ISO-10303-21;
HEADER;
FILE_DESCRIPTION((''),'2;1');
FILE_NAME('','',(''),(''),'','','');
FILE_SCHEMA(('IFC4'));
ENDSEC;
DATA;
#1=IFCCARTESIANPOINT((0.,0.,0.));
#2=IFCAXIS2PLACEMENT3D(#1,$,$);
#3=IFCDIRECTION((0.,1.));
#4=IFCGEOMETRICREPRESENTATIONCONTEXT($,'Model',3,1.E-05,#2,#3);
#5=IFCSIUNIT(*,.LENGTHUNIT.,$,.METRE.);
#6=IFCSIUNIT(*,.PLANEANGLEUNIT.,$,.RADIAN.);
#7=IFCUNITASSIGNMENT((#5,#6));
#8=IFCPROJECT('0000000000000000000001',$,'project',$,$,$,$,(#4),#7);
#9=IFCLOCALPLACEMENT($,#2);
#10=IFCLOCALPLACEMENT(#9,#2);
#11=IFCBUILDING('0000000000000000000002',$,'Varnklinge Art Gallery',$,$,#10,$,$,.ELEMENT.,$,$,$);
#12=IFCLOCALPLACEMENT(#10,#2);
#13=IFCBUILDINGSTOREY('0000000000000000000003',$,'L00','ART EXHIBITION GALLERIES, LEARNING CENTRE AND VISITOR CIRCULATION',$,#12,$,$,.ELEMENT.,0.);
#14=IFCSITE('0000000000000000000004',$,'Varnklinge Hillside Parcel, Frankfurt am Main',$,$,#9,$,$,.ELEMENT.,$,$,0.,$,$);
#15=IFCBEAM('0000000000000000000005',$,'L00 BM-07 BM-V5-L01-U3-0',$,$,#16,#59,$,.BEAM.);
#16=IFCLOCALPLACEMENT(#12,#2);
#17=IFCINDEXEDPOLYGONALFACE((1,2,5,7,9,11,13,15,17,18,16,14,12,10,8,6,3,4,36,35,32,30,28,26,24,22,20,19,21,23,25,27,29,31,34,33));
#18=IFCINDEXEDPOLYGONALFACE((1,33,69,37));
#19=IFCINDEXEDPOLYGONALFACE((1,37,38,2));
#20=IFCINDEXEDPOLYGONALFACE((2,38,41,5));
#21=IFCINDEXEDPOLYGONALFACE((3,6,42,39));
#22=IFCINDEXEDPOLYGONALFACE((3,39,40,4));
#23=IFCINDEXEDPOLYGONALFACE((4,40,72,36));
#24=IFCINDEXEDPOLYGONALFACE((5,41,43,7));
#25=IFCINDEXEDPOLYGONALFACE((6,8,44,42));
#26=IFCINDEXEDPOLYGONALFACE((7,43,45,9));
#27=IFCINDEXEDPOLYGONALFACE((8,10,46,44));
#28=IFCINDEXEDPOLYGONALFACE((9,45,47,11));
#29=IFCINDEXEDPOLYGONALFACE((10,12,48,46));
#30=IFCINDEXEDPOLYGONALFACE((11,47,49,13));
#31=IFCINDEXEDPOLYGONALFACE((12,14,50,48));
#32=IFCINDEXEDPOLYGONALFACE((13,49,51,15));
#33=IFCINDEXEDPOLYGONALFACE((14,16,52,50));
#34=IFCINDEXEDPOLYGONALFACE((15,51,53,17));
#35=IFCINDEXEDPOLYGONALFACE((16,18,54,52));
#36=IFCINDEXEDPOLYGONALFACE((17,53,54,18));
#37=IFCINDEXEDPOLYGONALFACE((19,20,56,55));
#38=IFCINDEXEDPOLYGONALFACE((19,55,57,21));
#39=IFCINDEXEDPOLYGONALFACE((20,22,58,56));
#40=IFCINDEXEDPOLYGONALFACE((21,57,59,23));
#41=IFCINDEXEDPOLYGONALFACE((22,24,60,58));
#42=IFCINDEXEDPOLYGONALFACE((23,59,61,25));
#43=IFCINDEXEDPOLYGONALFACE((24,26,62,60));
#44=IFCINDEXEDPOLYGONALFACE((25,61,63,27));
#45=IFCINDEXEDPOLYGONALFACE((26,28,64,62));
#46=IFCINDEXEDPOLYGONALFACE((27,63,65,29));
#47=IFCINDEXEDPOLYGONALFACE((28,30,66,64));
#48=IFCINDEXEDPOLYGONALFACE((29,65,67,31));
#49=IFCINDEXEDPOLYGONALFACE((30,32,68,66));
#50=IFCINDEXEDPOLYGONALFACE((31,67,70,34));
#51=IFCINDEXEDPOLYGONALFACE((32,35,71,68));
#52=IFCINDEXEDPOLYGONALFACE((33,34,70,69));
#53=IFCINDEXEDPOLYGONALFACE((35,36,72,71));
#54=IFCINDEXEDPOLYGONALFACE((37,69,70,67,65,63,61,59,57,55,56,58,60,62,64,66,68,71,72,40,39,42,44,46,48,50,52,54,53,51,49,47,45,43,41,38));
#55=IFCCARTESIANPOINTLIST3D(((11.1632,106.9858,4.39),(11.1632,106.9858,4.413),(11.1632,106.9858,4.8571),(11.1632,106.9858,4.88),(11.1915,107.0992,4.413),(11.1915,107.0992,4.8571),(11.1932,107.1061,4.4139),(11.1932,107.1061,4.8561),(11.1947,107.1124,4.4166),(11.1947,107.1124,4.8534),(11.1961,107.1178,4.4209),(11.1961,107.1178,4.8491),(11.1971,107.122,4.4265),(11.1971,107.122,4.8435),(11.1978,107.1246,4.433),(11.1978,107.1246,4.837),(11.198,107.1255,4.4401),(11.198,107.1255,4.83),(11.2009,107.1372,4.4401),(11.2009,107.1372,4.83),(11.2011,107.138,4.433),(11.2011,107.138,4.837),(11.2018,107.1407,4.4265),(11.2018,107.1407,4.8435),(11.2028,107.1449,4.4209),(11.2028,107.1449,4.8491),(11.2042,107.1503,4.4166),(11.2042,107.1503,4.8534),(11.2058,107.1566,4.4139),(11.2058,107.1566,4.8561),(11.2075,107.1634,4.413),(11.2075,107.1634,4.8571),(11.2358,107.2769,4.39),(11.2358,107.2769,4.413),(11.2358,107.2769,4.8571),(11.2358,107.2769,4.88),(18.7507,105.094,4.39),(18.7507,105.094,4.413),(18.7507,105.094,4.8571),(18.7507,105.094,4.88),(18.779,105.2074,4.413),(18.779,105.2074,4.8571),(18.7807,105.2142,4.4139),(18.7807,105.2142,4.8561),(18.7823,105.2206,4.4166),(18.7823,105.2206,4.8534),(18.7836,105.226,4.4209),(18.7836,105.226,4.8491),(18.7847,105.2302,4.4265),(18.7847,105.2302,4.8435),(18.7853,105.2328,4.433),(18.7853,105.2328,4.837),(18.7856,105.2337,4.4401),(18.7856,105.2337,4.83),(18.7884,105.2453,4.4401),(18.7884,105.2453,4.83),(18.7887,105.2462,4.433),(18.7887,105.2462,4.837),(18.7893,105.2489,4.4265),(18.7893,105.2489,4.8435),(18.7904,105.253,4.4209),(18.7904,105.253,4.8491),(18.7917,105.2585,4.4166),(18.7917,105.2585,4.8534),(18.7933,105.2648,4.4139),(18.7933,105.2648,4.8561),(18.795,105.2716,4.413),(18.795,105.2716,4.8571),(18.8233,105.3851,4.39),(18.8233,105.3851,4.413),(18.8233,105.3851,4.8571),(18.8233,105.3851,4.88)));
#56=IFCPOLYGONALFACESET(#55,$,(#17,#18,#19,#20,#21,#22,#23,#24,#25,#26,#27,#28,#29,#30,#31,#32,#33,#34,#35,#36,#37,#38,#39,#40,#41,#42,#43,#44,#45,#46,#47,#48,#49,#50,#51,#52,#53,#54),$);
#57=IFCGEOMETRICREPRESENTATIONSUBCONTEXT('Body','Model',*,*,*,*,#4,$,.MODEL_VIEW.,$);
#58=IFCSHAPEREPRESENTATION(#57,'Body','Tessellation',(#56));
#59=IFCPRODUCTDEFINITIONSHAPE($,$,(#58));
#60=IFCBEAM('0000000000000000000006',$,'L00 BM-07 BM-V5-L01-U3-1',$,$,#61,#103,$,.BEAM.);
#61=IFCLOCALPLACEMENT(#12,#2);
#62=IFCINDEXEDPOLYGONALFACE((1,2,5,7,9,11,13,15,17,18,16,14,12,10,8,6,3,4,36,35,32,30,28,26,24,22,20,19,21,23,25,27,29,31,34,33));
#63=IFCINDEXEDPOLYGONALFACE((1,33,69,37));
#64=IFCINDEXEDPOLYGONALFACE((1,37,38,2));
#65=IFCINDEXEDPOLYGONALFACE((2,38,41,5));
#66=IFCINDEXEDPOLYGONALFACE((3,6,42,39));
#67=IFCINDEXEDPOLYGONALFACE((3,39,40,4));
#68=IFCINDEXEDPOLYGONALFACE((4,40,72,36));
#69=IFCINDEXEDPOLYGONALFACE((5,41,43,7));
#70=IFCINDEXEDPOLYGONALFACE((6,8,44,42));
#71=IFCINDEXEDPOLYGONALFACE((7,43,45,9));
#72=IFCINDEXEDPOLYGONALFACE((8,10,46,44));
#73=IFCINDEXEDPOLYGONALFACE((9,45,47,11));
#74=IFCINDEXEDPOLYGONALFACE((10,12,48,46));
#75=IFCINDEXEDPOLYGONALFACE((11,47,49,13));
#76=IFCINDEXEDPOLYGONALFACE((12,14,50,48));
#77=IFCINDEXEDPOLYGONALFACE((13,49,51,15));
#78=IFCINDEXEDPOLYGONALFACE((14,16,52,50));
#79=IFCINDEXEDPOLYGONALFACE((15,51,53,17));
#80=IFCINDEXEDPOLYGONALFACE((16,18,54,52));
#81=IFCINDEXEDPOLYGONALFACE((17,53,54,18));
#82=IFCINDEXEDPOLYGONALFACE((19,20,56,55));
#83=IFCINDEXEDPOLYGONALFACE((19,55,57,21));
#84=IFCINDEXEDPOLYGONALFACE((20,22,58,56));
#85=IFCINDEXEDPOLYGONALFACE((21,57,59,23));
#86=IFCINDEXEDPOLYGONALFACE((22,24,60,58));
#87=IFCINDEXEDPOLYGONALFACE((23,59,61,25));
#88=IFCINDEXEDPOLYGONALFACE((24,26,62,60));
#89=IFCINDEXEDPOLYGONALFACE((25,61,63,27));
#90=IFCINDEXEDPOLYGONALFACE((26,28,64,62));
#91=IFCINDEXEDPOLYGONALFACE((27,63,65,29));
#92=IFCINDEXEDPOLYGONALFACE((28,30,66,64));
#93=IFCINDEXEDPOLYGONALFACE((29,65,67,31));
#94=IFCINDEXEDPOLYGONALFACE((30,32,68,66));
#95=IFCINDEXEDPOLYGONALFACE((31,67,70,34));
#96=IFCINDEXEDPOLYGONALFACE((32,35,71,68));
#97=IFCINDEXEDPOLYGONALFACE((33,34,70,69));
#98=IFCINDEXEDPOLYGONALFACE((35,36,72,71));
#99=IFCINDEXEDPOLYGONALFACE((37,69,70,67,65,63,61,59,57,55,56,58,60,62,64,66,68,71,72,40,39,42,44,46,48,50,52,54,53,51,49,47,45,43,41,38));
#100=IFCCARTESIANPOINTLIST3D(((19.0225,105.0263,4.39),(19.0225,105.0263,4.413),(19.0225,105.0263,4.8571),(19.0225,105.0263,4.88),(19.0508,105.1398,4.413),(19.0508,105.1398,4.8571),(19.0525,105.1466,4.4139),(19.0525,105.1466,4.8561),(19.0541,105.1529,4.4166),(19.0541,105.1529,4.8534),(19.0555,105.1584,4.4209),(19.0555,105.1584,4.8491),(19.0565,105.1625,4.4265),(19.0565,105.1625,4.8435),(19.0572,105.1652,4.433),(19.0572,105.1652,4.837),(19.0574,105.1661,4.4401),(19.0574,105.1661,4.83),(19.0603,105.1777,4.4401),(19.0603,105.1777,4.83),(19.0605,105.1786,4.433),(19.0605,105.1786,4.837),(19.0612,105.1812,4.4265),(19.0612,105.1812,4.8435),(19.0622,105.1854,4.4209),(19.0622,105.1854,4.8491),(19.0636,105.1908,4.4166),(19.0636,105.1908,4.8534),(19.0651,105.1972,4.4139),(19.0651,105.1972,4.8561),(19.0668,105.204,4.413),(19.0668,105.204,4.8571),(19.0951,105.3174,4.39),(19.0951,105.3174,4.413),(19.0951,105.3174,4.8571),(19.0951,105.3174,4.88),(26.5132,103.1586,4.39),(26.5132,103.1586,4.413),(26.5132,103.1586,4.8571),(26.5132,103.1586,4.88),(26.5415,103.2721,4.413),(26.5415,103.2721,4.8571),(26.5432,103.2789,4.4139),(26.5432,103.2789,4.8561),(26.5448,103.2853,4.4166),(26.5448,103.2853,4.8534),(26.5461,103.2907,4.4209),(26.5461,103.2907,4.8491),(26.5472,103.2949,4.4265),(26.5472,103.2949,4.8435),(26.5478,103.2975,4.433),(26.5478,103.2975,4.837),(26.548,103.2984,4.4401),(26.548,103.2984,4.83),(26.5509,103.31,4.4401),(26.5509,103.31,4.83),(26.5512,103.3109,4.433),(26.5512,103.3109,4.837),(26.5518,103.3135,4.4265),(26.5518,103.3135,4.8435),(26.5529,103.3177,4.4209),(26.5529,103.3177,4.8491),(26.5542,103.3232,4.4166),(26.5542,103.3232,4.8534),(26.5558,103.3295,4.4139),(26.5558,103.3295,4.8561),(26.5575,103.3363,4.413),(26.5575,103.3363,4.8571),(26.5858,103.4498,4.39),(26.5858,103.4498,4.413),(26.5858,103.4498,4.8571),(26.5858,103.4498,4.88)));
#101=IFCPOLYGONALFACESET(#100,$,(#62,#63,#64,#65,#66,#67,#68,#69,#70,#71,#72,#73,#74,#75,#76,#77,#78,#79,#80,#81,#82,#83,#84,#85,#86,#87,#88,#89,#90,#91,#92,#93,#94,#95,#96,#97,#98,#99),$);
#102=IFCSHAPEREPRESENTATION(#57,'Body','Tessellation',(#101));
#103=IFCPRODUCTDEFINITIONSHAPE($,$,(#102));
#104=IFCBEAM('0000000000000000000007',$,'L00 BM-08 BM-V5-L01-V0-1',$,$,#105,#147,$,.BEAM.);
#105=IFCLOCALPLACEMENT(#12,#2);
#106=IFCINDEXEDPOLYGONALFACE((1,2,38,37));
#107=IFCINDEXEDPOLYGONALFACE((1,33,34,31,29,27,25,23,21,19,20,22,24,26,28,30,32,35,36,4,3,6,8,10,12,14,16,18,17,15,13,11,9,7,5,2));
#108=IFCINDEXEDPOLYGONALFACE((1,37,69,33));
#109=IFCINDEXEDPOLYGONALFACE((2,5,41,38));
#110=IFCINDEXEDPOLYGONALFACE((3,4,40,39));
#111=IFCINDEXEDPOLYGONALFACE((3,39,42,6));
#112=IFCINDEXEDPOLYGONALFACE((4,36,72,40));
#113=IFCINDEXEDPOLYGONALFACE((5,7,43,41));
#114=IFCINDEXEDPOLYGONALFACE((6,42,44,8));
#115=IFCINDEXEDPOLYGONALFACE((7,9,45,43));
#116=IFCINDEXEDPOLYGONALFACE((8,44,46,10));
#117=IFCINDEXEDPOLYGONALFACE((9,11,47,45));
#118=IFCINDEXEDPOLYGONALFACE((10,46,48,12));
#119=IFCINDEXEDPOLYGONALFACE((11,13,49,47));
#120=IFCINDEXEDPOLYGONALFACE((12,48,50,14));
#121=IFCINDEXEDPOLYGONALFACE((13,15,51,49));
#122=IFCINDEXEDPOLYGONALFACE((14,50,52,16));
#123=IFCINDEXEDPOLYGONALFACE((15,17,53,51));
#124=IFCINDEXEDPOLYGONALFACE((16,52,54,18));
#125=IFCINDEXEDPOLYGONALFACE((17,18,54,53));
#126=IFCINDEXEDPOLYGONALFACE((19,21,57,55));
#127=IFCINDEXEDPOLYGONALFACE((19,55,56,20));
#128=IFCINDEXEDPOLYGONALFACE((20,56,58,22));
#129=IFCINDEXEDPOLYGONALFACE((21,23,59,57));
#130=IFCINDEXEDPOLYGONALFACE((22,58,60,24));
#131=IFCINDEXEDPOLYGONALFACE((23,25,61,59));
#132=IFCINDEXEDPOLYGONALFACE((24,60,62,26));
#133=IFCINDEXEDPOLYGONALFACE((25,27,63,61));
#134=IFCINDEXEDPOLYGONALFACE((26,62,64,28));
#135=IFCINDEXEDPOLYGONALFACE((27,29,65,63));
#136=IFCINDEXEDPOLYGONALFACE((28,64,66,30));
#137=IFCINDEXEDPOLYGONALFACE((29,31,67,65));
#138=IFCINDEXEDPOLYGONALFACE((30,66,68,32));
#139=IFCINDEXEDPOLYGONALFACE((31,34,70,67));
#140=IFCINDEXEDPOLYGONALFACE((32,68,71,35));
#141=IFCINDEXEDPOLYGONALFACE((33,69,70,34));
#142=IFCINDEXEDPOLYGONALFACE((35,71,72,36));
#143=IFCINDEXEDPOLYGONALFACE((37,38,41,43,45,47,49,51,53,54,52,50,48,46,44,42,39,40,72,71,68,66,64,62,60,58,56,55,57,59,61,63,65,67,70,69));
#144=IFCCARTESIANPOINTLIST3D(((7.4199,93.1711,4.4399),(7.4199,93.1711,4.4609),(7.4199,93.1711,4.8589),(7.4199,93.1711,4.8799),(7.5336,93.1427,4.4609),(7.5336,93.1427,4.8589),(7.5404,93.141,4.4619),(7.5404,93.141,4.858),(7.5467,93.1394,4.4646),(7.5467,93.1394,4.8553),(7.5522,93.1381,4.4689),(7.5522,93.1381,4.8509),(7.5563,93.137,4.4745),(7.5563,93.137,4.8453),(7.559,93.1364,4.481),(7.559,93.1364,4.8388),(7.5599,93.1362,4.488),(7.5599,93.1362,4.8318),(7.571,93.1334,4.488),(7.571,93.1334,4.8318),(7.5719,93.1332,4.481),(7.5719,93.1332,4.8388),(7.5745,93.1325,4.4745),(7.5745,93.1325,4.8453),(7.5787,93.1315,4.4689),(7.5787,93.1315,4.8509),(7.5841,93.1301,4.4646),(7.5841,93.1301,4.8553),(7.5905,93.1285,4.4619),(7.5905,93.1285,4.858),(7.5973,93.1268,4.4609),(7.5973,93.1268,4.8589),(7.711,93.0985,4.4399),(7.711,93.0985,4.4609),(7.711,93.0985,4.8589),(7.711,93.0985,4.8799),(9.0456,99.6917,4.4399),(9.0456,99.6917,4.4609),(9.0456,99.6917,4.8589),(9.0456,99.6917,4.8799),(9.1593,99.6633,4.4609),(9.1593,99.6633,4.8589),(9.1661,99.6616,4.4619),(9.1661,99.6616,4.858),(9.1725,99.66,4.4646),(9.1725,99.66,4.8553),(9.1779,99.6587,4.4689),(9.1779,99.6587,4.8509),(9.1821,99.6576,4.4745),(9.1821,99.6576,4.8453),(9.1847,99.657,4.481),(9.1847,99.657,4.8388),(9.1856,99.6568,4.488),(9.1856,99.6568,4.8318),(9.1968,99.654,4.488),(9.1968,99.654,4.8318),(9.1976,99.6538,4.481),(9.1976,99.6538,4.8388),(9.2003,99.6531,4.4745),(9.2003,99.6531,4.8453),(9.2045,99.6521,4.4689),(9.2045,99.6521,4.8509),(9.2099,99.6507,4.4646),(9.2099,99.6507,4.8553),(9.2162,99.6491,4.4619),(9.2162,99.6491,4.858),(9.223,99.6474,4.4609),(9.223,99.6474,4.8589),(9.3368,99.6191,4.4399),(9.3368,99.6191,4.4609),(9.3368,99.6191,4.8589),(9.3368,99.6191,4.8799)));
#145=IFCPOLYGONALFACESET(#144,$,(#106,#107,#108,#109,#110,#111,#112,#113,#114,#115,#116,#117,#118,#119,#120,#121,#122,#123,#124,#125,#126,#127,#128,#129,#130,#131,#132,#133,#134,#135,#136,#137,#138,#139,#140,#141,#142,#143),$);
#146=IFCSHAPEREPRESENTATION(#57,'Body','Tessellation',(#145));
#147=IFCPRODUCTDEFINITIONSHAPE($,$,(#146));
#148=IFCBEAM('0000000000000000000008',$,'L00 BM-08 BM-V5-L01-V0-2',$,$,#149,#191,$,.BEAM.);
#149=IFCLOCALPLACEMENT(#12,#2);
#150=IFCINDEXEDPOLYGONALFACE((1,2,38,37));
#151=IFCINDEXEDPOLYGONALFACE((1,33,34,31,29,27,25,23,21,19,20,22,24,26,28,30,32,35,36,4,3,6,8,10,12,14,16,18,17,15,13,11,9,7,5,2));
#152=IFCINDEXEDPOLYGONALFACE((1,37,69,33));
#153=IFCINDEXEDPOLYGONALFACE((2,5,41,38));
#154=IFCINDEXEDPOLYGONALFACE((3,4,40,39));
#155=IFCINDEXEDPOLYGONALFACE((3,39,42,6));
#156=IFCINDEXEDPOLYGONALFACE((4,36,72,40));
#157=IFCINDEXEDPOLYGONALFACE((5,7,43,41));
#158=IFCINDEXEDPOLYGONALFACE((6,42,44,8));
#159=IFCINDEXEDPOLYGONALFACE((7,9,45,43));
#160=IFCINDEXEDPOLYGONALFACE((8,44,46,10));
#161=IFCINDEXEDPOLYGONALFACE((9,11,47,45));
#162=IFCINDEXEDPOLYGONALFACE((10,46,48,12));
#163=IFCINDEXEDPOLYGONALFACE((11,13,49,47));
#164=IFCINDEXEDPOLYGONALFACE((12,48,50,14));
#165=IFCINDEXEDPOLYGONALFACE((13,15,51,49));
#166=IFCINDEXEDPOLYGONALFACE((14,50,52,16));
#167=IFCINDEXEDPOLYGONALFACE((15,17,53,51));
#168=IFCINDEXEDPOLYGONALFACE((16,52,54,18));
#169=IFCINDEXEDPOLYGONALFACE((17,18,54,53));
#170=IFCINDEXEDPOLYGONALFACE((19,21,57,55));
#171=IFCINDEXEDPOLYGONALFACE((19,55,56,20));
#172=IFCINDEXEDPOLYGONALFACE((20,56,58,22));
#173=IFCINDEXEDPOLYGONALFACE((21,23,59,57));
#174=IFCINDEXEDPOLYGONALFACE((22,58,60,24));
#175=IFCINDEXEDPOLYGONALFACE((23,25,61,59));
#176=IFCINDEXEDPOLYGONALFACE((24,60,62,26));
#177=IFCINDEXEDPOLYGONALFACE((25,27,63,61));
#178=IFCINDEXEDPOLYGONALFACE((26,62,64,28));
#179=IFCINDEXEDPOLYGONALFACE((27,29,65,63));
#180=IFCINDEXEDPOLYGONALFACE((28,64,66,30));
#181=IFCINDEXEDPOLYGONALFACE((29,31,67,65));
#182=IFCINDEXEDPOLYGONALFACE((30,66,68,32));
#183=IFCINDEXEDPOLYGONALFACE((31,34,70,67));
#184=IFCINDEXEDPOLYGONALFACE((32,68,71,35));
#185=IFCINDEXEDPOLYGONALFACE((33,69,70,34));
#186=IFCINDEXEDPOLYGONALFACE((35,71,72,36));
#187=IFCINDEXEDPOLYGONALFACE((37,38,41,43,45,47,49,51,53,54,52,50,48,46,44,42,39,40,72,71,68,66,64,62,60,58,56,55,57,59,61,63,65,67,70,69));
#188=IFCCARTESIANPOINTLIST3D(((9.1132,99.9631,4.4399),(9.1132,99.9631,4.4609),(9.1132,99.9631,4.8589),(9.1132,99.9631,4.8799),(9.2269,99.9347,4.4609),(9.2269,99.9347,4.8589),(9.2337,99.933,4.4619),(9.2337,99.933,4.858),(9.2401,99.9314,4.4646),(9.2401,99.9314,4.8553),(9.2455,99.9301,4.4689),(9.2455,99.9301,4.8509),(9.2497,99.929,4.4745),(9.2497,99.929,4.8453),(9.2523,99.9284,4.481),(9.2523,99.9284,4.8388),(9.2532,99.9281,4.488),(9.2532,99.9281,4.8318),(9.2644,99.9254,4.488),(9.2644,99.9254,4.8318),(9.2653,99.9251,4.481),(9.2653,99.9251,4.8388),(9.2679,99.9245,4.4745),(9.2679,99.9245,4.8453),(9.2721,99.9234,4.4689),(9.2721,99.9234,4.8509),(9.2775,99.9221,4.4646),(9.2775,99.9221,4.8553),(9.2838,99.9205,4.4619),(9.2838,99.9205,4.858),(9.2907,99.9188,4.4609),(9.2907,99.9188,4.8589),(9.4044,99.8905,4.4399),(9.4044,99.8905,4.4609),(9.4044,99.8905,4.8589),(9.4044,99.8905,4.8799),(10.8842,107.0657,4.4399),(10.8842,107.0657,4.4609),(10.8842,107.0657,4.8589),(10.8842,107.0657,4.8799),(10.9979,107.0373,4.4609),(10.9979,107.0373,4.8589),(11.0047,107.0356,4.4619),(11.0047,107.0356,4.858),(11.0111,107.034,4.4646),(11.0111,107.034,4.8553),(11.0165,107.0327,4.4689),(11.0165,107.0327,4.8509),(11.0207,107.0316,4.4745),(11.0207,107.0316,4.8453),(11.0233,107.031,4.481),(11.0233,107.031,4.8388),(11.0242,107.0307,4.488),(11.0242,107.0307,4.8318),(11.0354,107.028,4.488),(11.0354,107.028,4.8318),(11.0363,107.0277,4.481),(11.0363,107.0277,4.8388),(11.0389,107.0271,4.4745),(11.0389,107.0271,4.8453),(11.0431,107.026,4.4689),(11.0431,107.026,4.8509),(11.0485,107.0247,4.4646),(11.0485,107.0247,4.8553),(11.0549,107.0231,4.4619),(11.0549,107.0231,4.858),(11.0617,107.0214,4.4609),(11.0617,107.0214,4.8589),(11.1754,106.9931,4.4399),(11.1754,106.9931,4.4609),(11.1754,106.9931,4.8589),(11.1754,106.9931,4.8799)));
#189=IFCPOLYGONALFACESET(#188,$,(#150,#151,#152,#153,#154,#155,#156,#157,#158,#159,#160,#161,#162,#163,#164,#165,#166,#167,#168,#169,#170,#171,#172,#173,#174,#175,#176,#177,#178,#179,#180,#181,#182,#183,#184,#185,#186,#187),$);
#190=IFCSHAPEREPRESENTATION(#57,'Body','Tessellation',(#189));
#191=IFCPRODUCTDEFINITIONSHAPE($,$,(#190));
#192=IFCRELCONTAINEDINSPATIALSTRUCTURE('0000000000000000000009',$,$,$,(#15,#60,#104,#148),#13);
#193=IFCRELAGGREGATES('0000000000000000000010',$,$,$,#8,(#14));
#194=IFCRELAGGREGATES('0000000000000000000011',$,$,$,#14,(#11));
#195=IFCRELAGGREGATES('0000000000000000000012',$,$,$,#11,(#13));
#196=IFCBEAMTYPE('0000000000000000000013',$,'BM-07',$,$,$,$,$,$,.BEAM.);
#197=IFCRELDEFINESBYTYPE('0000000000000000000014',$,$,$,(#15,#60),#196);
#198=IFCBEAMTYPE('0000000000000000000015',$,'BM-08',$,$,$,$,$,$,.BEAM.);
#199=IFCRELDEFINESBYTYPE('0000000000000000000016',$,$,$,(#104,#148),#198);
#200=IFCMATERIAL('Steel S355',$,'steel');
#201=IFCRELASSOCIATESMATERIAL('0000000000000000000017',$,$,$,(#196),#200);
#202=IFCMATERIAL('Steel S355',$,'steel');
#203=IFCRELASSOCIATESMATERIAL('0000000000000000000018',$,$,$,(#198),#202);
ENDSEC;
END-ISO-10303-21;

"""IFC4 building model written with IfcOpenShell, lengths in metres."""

from ifc_helpers import new_model, si_unit, direction, frame, origin, origin_2d, place, context, subcontext, project, spatial, i_section, extrude, material, material_profile, profile_set, type_object, element, save


model = new_model("IFC4")

# Units and contexts
model_context = context("Model", 3, precision=1e-05, world=origin(), true_north=direction((0.0, 1.0)))
body_context = subcontext(model_context, "Body", "Model", "MODEL_VIEW")
ifc_project = project(units=[si_unit("LENGTHUNIT", "METRE"), si_unit("PLANEANGLEUNIT", "RADIAN")], contexts=[model_context])

# Site, building, storey
site_placement = place(None, origin())
site = spatial("IfcSite", under=ifc_project, at=site_placement, Name="Varnklinge Hillside Parcel, Frankfurt am Main", CompositionType="ELEMENT", RefElevation=0.0)
building_placement = place(site_placement, origin())
building = spatial("IfcBuilding", under=site, at=building_placement, Name="Varnklinge Art Gallery", CompositionType="ELEMENT")
storey_placement = place(building_placement, origin())
storey = spatial("IfcBuildingStorey", under=building, at=storey_placement, Name="L00", Description="ART EXHIBITION GALLERIES, LEARNING CENTRE AND VISITOR CIRCULATION", CompositionType="ELEMENT", Elevation=0.0)

# Beams
ifc_material_1 = material(Name="Steel S355", Category="steel")
ifc_material_profile_1 = material_profile(ifc_material_1, i_section(OverallWidth=0.3, OverallDepth=0.49, WebThickness=0.012, FlangeThickness=0.0229, FilletRadius=0.0271, at=origin_2d()), Name="HEA 500")
ifc_profile_set_1 = profile_set([ifc_material_profile_1], Name="Steel S355")
beam_type_1 = type_object("IfcBeamType", Name="BM-07", PredefinedType="BEAM", material=ifc_profile_set_1)
beam_1_placement = place(storey_placement, frame((11.1995, 107.1313, 4.635), z_axis=(0.970295, -0.241926, 0.0), x_axis=(0.241926, 0.970295, 0.0)))
element("IfcBeam", 1, at=beam_1_placement, inside=storey, type_object=beam_type_1, Name="L00 BM-07 BM-V5-L01-U3-0", PredefinedType="BEAM", context=body_context, shape_type="SweptSolid", body=[
    extrude(i_section(OverallWidth=0.3, OverallDepth=0.49, WebThickness=0.012, FlangeThickness=0.0229, FilletRadius=0.0271, at=origin_2d()), origin(), (0.0, 0.0, 1.0), 7.8198),
])
beam_2_placement = place(storey_placement, frame((19.0588, 105.1719, 4.635), z_axis=(0.970295, -0.241925, 0.0), x_axis=(0.241925, 0.970295, 0.0)))
element("IfcBeam", 2, at=beam_2_placement, inside=storey, type_object=beam_type_1, Name="L00 BM-07 BM-V5-L01-U3-1", PredefinedType="BEAM", context=body_context, shape_type="SweptSolid", body=[
    extrude(i_section(OverallWidth=0.3, OverallDepth=0.49, WebThickness=0.012, FlangeThickness=0.0229, FilletRadius=0.0271, at=origin_2d()), origin(), (0.0, 0.0, 1.0), 7.72),
])
ifc_material_2 = material(Name="Steel S355", Category="steel")
ifc_material_profile_2 = material_profile(ifc_material_2, i_section(OverallWidth=0.3, OverallDepth=0.4399, WebThickness=0.0115, FlangeThickness=0.021, FilletRadius=0.0271, at=origin_2d()), Name="HEA 450")
ifc_profile_set_2 = profile_set([ifc_material_profile_2], Name="Steel S355")
beam_type_2 = type_object("IfcBeamType", Name="BM-08", PredefinedType="BEAM", material=ifc_profile_set_2)
beam_3_placement = place(storey_placement, frame((7.5654, 93.1348, 4.6599), z_axis=(0.24192, 0.970296, 0.0), x_axis=(-0.970296, 0.24192, 0.0)))
element("IfcBeam", 3, at=beam_3_placement, inside=storey, type_object=beam_type_2, Name="L00 BM-08 BM-V5-L01-V0-1", PredefinedType="BEAM", context=body_context, shape_type="SweptSolid", body=[
    extrude(i_section(OverallWidth=0.3, OverallDepth=0.4399, WebThickness=0.0115, FlangeThickness=0.021, FilletRadius=0.0271, at=origin_2d()), origin(), (0.0, 0.0, 1.0), 6.7202),
])
beam_4_placement = place(storey_placement, frame((9.2588, 99.9268, 4.6599), z_axis=(0.241939, 0.970291, 0.0), x_axis=(-0.970291, 0.241939, 0.0)))
element("IfcBeam", 4, at=beam_4_placement, inside=storey, type_object=beam_type_2, Name="L00 BM-08 BM-V5-L01-V0-2", PredefinedType="BEAM", context=body_context, shape_type="SweptSolid", body=[
    extrude(i_section(OverallWidth=0.3, OverallDepth=0.4399, WebThickness=0.0115, FlangeThickness=0.021, FilletRadius=0.0271, at=origin_2d()), origin(), (0.0, 0.0, 1.0), 7.3201),
])

save(model, "model.ifc")
